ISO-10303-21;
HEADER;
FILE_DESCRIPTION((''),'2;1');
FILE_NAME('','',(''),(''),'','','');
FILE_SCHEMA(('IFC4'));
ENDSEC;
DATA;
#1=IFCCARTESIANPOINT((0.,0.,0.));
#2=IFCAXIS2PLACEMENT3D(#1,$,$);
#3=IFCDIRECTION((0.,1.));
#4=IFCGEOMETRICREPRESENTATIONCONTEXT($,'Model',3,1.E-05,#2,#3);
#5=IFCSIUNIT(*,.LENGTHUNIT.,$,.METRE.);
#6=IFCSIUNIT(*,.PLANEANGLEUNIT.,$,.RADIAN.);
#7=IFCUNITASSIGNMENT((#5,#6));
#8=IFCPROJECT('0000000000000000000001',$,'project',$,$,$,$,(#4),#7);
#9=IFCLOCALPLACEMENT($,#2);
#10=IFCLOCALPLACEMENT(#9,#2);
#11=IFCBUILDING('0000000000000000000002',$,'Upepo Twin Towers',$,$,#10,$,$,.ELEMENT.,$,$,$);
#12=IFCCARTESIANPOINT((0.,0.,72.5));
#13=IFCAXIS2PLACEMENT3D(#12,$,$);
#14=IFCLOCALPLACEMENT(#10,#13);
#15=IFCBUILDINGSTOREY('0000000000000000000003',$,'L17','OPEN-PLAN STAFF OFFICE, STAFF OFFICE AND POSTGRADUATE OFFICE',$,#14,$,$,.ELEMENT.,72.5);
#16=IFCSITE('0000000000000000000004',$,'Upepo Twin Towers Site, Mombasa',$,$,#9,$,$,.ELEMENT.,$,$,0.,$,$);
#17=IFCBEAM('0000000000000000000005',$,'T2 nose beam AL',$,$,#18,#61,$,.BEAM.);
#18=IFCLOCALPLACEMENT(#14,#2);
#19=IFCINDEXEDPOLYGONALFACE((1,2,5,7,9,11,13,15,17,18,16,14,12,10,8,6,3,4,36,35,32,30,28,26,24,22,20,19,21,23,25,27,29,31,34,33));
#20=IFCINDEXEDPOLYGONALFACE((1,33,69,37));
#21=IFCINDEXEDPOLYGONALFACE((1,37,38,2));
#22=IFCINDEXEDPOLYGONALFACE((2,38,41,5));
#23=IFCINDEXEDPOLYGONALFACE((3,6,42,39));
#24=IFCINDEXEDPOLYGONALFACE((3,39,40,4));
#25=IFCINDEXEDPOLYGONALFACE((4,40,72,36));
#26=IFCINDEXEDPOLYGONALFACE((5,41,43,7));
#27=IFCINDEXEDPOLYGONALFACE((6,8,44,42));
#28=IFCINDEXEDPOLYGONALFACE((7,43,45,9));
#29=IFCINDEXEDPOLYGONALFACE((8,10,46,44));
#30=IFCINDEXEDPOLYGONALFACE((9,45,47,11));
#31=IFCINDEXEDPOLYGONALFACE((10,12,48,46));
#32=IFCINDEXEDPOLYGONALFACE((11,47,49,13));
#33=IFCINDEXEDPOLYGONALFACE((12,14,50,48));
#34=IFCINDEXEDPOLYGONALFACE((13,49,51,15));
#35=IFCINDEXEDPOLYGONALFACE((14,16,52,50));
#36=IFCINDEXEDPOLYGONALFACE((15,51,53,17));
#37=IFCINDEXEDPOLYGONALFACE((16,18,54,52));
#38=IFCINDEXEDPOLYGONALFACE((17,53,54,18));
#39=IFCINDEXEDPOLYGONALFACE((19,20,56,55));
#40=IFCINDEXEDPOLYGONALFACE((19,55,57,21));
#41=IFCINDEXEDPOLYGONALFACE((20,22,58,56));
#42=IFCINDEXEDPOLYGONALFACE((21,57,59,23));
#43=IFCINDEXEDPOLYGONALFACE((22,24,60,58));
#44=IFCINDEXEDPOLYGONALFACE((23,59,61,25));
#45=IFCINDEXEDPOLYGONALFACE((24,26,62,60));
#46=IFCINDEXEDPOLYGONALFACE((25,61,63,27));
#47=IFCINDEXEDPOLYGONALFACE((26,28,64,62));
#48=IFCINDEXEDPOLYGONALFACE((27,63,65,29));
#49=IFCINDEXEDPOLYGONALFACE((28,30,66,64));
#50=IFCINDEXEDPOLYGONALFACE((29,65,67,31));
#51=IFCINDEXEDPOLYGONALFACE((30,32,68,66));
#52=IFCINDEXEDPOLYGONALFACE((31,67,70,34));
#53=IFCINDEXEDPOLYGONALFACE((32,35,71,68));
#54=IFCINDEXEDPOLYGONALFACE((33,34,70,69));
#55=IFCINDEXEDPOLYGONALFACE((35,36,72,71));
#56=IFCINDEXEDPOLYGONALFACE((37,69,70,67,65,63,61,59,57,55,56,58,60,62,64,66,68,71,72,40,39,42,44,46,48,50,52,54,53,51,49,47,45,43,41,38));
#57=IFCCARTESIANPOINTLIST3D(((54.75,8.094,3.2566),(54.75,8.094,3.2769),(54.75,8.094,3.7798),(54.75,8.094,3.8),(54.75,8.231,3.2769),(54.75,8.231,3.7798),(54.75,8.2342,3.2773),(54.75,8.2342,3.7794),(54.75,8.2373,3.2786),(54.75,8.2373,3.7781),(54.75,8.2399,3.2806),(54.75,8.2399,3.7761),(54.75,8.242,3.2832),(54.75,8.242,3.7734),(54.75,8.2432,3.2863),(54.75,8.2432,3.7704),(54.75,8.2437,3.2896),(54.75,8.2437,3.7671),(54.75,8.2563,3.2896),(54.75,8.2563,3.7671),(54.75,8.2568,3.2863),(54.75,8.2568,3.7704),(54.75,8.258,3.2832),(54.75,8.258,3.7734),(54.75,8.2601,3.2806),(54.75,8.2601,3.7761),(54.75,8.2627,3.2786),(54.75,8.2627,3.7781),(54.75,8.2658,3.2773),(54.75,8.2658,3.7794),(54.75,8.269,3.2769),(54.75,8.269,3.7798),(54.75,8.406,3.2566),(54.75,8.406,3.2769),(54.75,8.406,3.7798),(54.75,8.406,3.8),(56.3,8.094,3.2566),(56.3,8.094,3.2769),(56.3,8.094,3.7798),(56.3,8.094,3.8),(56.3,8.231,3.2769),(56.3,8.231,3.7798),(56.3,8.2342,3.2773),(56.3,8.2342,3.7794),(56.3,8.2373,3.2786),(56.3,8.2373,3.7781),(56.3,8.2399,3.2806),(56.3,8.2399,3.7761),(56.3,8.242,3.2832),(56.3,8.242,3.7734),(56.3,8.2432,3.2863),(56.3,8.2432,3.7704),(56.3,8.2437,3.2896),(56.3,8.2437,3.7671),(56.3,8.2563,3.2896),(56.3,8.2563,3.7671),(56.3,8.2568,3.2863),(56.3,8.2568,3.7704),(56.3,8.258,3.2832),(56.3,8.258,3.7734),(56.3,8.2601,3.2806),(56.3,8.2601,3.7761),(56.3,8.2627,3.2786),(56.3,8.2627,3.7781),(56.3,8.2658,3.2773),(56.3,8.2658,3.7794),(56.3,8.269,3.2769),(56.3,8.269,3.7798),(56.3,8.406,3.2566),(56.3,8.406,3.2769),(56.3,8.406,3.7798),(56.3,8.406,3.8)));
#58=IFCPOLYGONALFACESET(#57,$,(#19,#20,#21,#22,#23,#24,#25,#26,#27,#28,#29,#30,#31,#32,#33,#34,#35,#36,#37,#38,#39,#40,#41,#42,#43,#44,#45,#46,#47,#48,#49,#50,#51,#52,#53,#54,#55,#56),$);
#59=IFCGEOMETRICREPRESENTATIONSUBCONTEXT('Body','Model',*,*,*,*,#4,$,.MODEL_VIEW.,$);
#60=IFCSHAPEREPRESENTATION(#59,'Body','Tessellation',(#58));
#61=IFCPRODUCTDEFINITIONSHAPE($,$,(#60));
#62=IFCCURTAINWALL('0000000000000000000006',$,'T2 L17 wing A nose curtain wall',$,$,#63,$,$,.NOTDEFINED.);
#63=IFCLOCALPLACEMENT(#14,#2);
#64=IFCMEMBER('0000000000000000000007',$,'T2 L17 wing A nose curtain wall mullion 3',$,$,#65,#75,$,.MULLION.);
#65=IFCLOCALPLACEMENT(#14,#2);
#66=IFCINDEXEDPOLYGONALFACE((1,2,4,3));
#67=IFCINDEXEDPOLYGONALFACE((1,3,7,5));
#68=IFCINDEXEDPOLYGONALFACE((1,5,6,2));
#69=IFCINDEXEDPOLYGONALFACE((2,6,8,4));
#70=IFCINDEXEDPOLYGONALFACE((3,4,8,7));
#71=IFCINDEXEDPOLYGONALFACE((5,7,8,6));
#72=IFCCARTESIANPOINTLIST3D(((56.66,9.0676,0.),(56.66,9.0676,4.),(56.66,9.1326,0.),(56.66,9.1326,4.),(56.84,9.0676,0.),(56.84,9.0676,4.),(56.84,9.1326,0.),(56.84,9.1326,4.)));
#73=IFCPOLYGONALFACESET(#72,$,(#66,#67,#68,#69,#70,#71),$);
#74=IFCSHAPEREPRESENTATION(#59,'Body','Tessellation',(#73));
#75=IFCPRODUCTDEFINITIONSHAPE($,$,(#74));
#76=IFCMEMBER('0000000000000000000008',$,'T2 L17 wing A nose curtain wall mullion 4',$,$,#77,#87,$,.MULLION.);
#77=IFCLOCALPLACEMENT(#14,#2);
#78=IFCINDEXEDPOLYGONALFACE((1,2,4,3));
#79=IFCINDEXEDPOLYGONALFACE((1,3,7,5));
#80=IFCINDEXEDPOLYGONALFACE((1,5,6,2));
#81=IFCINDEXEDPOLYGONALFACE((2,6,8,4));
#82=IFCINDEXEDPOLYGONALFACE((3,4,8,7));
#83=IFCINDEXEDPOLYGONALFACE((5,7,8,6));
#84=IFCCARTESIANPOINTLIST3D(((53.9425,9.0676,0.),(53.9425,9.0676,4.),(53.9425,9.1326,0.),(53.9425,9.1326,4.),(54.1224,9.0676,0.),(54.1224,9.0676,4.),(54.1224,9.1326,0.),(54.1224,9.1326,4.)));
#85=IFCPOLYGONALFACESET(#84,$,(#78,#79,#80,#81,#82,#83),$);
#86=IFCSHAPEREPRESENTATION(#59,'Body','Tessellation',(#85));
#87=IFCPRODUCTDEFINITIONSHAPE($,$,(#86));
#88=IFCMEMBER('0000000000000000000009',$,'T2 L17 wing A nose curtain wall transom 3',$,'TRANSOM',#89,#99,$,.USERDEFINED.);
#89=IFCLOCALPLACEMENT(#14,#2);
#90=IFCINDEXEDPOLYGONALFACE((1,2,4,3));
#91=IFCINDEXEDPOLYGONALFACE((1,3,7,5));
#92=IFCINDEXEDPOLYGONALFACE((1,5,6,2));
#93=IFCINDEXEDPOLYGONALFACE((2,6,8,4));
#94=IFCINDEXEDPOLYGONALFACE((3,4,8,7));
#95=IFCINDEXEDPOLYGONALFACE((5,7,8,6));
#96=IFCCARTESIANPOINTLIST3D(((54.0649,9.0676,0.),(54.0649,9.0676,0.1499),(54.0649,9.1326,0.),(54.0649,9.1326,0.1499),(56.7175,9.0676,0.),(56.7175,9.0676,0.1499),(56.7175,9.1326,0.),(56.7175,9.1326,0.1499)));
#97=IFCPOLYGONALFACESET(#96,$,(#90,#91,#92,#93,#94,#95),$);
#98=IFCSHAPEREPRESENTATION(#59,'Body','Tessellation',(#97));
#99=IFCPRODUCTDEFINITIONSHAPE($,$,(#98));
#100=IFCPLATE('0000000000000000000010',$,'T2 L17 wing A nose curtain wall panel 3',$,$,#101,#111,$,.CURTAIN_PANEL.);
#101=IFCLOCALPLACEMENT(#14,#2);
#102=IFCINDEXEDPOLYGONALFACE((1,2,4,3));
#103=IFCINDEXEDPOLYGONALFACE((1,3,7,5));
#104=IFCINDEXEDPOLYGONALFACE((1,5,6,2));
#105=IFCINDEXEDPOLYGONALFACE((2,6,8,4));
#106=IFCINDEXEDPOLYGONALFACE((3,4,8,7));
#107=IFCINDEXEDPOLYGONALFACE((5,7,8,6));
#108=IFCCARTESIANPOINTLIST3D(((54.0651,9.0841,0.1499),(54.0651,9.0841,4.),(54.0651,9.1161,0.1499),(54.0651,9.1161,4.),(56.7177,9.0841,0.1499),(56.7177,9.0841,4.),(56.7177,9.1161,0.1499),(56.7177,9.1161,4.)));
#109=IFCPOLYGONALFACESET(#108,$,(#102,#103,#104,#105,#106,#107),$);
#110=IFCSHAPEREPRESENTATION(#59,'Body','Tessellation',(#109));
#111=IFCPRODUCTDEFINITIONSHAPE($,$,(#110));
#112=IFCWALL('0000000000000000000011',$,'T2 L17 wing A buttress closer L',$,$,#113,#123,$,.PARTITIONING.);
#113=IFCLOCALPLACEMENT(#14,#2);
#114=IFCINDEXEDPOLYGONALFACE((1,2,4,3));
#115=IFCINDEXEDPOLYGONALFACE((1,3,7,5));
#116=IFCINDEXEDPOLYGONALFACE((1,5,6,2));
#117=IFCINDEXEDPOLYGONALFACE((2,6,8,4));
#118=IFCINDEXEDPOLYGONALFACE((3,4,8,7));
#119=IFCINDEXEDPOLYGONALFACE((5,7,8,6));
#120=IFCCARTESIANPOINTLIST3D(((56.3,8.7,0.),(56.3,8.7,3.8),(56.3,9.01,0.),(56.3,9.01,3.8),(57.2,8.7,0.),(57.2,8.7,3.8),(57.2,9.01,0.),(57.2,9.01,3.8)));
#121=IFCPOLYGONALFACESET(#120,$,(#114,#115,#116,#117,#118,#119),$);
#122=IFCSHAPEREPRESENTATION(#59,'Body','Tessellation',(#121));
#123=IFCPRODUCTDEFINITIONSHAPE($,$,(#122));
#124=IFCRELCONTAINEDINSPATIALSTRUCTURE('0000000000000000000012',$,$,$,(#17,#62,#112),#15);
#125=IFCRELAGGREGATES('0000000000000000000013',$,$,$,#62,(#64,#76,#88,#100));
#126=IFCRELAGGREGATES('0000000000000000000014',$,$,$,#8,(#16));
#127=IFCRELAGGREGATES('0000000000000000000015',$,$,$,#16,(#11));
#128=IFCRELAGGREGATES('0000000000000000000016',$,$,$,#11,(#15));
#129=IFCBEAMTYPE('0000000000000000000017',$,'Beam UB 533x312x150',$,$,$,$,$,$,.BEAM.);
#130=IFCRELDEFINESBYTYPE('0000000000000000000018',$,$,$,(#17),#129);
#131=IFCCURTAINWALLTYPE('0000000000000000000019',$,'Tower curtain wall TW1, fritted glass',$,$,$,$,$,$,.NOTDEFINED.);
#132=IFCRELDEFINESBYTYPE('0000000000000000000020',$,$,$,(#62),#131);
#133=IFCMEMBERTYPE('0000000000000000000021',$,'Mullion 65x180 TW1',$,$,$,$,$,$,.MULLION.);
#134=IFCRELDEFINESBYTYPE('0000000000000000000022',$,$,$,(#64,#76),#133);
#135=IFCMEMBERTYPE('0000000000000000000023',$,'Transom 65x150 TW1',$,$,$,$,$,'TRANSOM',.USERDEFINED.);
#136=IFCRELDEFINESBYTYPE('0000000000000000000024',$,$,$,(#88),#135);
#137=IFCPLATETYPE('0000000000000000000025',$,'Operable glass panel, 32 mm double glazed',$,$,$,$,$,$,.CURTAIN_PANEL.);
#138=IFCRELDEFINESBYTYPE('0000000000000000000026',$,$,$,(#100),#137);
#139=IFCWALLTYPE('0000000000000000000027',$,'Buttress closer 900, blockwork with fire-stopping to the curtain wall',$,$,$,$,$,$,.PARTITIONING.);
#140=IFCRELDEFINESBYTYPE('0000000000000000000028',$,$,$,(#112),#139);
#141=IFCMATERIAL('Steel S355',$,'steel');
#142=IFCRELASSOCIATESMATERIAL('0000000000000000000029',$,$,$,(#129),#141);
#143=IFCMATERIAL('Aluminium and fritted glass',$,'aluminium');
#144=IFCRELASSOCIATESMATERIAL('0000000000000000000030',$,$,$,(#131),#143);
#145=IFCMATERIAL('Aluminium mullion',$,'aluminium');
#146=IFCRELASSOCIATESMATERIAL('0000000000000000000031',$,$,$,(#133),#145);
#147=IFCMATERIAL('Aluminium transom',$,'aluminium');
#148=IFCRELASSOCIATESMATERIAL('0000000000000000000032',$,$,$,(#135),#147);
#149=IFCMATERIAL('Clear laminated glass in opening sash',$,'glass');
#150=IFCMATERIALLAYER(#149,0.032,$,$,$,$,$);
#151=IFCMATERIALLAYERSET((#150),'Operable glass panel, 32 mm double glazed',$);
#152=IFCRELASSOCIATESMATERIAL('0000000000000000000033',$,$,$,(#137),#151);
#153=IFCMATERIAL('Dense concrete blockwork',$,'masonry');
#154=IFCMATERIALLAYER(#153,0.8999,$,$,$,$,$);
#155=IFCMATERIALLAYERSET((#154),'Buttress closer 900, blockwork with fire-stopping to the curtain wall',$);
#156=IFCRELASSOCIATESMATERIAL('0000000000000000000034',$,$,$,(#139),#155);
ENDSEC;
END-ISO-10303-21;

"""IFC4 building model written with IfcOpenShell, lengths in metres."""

from ifc_helpers import new_model, si_unit, direction, frame, frame_2d, origin, origin_2d, place, context, subcontext, project, spatial, rectangle, i_section, extrude, material, layer, layer_set, material_profile, profile_set, type_object, element, aggregate, save


model = new_model("IFC4")

# Units and contexts
model_context = context("Model", 3, precision=1e-05, world=origin(), true_north=direction((0.0, 1.0)))
body_context = subcontext(model_context, "Body", "Model", "MODEL_VIEW")
ifc_project = project(units=[si_unit("LENGTHUNIT", "METRE"), si_unit("PLANEANGLEUNIT", "RADIAN")], contexts=[model_context])

# Site, building, storey
site_placement = place(None, origin())
site = spatial("IfcSite", under=ifc_project, at=site_placement, Name="Upepo Twin Towers Site, Mombasa", CompositionType="ELEMENT", RefElevation=0.0)
building_placement = place(site_placement, origin())
building = spatial("IfcBuilding", under=site, at=building_placement, Name="Upepo Twin Towers", CompositionType="ELEMENT")
storey_placement = place(building_placement, frame((0.0, 0.0, 72.5)))
storey = spatial("IfcBuildingStorey", under=building, at=storey_placement, Name="L17", Description="OPEN-PLAN STAFF OFFICE, STAFF OFFICE AND POSTGRADUATE OFFICE", CompositionType="ELEMENT", Elevation=72.5)

# Beam
ifc_material_1 = material(Name="Steel S355", Category="steel")
ifc_material_profile_1 = material_profile(ifc_material_1, i_section(OverallWidth=0.312, OverallDepth=0.5435, WebThickness=0.0127, FlangeThickness=0.0203, FilletRadius=0.0127, at=origin_2d()), Name="UB 533x312x150")
ifc_profile_set_1 = profile_set([ifc_material_profile_1], Name="Steel S355")
beam_type_1 = type_object("IfcBeamType", Name="Beam UB 533x312x150", PredefinedType="BEAM", material=ifc_profile_set_1)
beam_1_placement = place(storey_placement, frame((54.75, 8.25, 3.5283), z_axis=(1.0, 0.0, 0.0), x_axis=(0.0, 1.0, 0.0)))
element("IfcBeam", 1, at=beam_1_placement, inside=storey, type_object=beam_type_1, Name="T2 nose beam AL", PredefinedType="BEAM", context=body_context, shape_type="SweptSolid", body=[
    extrude(i_section(OverallWidth=0.312, OverallDepth=0.5435, WebThickness=0.0127, FlangeThickness=0.0203, FilletRadius=0.0127, at=origin_2d()), origin(), (0.0, 0.0, 1.0), 1.55),
])

# Curtain wall, members, plate
ifc_material_2 = material(Name="Aluminium and fritted glass", Category="aluminium")
curtain_wall_type = type_object("IfcCurtainWallType", Name="Tower curtain wall TW1, fritted glass", PredefinedType="NOTDEFINED", material=ifc_material_2)
curtain_wall_placement = place(storey_placement, origin())
curtain_wall = element("IfcCurtainWall", 2, at=curtain_wall_placement, inside=storey, type_object=curtain_wall_type, Name="T2 L17 wing A nose curtain wall", PredefinedType="NOTDEFINED")
ifc_material_3 = material(Name="Aluminium mullion", Category="aluminium")
ifc_material_profile_2 = material_profile(ifc_material_3, rectangle(XDim=0.0649, YDim=0.1799, at=origin_2d()), Name="MULLION 65x180")
ifc_profile_set_2 = profile_set([ifc_material_profile_2], Name="Aluminium mullion")
member_type_1 = type_object("IfcMemberType", Name="Mullion 65x180 TW1", PredefinedType="MULLION", material=ifc_profile_set_2)
member_1_placement = place(storey_placement, frame((56.75, 9.1001, 0.0), z_axis=(0.0, 0.0, 1.0), x_axis=(0.0, -1.0, 0.0)))
member_1 = element("IfcMember", 3, at=member_1_placement, type_object=member_type_1, Name="T2 L17 wing A nose curtain wall mullion 3", PredefinedType="MULLION", context=body_context, shape_type="SweptSolid", body=[
    extrude(rectangle(XDim=0.0649, YDim=0.1799, at=origin_2d()), origin(), (0.0, 0.0, 1.0), 4.0),
])
member_2_placement = place(storey_placement, frame((54.0325, 9.1001, 0.0), z_axis=(0.0, 0.0, 1.0), x_axis=(0.0, -1.0, 0.0)))
member_2 = element("IfcMember", 4, at=member_2_placement, type_object=member_type_1, Name="T2 L17 wing A nose curtain wall mullion 4", PredefinedType="MULLION", context=body_context, shape_type="SweptSolid", body=[
    extrude(rectangle(XDim=0.0649, YDim=0.1799, at=origin_2d()), origin(), (0.0, 0.0, 1.0), 4.0),
])
ifc_material_4 = material(Name="Aluminium transom", Category="aluminium")
ifc_material_profile_3 = material_profile(ifc_material_4, rectangle(XDim=0.0649, YDim=0.1499, at=origin_2d()), Name="TRANSOM 65x150")
ifc_profile_set_3 = profile_set([ifc_material_profile_3], Name="Aluminium transom")
member_type_2 = type_object("IfcMemberType", Name="Transom 65x150 TW1", ElementType="TRANSOM", PredefinedType="USERDEFINED", material=ifc_profile_set_3)
member_3_placement = place(storey_placement, frame((56.7175, 9.1001, 0.075), z_axis=(-1.0, 0.0, 0.0), x_axis=(0.0, -1.0, 0.0)))
member_3 = element("IfcMember", 5, at=member_3_placement, type_object=member_type_2, Name="T2 L17 wing A nose curtain wall transom 3", ObjectType="TRANSOM", PredefinedType="USERDEFINED", context=body_context, shape_type="SweptSolid", body=[
    extrude(rectangle(XDim=0.0649, YDim=0.1499, at=origin_2d()), origin(), (0.0, 0.0, 1.0), 2.6526),
])
ifc_material_5 = material(Name="Clear laminated glass in opening sash", Category="glass")
ifc_layer_1 = layer(ifc_material_5, 0.032)
ifc_layer_set_1 = layer_set([ifc_layer_1], Name="Operable glass panel, 32 mm double glazed")
plate_type = type_object("IfcPlateType", Name="Operable glass panel, 32 mm double glazed", PredefinedType="CURTAIN_PANEL", material=ifc_layer_set_1)
plate_placement = place(storey_placement, frame((55.3914, 9.1001, 0.1499), z_axis=(0.0, 0.0, 1.0), x_axis=(-1.0, 0.0, 0.0)))
plate = element("IfcPlate", 6, at=plate_placement, type_object=plate_type, Name="T2 L17 wing A nose curtain wall panel 3", PredefinedType="CURTAIN_PANEL", context=body_context, shape_type="SweptSolid", body=[
    extrude(rectangle(XDim=2.6526, YDim=0.032, at=origin_2d()), origin(), (0.0, 0.0, 1.0), 3.8501),
])
aggregate(curtain_wall, [member_1, member_2, member_3, plate])

# Wall
ifc_material_6 = material(Name="Dense concrete blockwork", Category="masonry")
ifc_layer_2 = layer(ifc_material_6, 0.8999)
ifc_layer_set_2 = layer_set([ifc_layer_2], Name="Buttress closer 900, blockwork with fire-stopping to the curtain wall")
wall_type_1 = type_object("IfcWallType", Name="Buttress closer 900, blockwork with fire-stopping to the curtain wall", PredefinedType="PARTITIONING", material=ifc_layer_set_2)
wall_1_placement = place(storey_placement, frame((56.75, 8.7, 0.0), z_axis=(0.0, 0.0, 1.0), x_axis=(0.0, 1.0, 0.0)))
element("IfcWall", 7, at=wall_1_placement, inside=storey, type_object=wall_type_1, Name="T2 L17 wing A buttress closer L", PredefinedType="PARTITIONING", context=body_context, shape_type="SweptSolid", body=[
    extrude(rectangle(XDim=0.3101, YDim=0.8999, at=frame_2d((0.155, 0.0))), origin(), (0.0, 0.0, 1.0), 3.8),
])

save(model, "model.ifc")
